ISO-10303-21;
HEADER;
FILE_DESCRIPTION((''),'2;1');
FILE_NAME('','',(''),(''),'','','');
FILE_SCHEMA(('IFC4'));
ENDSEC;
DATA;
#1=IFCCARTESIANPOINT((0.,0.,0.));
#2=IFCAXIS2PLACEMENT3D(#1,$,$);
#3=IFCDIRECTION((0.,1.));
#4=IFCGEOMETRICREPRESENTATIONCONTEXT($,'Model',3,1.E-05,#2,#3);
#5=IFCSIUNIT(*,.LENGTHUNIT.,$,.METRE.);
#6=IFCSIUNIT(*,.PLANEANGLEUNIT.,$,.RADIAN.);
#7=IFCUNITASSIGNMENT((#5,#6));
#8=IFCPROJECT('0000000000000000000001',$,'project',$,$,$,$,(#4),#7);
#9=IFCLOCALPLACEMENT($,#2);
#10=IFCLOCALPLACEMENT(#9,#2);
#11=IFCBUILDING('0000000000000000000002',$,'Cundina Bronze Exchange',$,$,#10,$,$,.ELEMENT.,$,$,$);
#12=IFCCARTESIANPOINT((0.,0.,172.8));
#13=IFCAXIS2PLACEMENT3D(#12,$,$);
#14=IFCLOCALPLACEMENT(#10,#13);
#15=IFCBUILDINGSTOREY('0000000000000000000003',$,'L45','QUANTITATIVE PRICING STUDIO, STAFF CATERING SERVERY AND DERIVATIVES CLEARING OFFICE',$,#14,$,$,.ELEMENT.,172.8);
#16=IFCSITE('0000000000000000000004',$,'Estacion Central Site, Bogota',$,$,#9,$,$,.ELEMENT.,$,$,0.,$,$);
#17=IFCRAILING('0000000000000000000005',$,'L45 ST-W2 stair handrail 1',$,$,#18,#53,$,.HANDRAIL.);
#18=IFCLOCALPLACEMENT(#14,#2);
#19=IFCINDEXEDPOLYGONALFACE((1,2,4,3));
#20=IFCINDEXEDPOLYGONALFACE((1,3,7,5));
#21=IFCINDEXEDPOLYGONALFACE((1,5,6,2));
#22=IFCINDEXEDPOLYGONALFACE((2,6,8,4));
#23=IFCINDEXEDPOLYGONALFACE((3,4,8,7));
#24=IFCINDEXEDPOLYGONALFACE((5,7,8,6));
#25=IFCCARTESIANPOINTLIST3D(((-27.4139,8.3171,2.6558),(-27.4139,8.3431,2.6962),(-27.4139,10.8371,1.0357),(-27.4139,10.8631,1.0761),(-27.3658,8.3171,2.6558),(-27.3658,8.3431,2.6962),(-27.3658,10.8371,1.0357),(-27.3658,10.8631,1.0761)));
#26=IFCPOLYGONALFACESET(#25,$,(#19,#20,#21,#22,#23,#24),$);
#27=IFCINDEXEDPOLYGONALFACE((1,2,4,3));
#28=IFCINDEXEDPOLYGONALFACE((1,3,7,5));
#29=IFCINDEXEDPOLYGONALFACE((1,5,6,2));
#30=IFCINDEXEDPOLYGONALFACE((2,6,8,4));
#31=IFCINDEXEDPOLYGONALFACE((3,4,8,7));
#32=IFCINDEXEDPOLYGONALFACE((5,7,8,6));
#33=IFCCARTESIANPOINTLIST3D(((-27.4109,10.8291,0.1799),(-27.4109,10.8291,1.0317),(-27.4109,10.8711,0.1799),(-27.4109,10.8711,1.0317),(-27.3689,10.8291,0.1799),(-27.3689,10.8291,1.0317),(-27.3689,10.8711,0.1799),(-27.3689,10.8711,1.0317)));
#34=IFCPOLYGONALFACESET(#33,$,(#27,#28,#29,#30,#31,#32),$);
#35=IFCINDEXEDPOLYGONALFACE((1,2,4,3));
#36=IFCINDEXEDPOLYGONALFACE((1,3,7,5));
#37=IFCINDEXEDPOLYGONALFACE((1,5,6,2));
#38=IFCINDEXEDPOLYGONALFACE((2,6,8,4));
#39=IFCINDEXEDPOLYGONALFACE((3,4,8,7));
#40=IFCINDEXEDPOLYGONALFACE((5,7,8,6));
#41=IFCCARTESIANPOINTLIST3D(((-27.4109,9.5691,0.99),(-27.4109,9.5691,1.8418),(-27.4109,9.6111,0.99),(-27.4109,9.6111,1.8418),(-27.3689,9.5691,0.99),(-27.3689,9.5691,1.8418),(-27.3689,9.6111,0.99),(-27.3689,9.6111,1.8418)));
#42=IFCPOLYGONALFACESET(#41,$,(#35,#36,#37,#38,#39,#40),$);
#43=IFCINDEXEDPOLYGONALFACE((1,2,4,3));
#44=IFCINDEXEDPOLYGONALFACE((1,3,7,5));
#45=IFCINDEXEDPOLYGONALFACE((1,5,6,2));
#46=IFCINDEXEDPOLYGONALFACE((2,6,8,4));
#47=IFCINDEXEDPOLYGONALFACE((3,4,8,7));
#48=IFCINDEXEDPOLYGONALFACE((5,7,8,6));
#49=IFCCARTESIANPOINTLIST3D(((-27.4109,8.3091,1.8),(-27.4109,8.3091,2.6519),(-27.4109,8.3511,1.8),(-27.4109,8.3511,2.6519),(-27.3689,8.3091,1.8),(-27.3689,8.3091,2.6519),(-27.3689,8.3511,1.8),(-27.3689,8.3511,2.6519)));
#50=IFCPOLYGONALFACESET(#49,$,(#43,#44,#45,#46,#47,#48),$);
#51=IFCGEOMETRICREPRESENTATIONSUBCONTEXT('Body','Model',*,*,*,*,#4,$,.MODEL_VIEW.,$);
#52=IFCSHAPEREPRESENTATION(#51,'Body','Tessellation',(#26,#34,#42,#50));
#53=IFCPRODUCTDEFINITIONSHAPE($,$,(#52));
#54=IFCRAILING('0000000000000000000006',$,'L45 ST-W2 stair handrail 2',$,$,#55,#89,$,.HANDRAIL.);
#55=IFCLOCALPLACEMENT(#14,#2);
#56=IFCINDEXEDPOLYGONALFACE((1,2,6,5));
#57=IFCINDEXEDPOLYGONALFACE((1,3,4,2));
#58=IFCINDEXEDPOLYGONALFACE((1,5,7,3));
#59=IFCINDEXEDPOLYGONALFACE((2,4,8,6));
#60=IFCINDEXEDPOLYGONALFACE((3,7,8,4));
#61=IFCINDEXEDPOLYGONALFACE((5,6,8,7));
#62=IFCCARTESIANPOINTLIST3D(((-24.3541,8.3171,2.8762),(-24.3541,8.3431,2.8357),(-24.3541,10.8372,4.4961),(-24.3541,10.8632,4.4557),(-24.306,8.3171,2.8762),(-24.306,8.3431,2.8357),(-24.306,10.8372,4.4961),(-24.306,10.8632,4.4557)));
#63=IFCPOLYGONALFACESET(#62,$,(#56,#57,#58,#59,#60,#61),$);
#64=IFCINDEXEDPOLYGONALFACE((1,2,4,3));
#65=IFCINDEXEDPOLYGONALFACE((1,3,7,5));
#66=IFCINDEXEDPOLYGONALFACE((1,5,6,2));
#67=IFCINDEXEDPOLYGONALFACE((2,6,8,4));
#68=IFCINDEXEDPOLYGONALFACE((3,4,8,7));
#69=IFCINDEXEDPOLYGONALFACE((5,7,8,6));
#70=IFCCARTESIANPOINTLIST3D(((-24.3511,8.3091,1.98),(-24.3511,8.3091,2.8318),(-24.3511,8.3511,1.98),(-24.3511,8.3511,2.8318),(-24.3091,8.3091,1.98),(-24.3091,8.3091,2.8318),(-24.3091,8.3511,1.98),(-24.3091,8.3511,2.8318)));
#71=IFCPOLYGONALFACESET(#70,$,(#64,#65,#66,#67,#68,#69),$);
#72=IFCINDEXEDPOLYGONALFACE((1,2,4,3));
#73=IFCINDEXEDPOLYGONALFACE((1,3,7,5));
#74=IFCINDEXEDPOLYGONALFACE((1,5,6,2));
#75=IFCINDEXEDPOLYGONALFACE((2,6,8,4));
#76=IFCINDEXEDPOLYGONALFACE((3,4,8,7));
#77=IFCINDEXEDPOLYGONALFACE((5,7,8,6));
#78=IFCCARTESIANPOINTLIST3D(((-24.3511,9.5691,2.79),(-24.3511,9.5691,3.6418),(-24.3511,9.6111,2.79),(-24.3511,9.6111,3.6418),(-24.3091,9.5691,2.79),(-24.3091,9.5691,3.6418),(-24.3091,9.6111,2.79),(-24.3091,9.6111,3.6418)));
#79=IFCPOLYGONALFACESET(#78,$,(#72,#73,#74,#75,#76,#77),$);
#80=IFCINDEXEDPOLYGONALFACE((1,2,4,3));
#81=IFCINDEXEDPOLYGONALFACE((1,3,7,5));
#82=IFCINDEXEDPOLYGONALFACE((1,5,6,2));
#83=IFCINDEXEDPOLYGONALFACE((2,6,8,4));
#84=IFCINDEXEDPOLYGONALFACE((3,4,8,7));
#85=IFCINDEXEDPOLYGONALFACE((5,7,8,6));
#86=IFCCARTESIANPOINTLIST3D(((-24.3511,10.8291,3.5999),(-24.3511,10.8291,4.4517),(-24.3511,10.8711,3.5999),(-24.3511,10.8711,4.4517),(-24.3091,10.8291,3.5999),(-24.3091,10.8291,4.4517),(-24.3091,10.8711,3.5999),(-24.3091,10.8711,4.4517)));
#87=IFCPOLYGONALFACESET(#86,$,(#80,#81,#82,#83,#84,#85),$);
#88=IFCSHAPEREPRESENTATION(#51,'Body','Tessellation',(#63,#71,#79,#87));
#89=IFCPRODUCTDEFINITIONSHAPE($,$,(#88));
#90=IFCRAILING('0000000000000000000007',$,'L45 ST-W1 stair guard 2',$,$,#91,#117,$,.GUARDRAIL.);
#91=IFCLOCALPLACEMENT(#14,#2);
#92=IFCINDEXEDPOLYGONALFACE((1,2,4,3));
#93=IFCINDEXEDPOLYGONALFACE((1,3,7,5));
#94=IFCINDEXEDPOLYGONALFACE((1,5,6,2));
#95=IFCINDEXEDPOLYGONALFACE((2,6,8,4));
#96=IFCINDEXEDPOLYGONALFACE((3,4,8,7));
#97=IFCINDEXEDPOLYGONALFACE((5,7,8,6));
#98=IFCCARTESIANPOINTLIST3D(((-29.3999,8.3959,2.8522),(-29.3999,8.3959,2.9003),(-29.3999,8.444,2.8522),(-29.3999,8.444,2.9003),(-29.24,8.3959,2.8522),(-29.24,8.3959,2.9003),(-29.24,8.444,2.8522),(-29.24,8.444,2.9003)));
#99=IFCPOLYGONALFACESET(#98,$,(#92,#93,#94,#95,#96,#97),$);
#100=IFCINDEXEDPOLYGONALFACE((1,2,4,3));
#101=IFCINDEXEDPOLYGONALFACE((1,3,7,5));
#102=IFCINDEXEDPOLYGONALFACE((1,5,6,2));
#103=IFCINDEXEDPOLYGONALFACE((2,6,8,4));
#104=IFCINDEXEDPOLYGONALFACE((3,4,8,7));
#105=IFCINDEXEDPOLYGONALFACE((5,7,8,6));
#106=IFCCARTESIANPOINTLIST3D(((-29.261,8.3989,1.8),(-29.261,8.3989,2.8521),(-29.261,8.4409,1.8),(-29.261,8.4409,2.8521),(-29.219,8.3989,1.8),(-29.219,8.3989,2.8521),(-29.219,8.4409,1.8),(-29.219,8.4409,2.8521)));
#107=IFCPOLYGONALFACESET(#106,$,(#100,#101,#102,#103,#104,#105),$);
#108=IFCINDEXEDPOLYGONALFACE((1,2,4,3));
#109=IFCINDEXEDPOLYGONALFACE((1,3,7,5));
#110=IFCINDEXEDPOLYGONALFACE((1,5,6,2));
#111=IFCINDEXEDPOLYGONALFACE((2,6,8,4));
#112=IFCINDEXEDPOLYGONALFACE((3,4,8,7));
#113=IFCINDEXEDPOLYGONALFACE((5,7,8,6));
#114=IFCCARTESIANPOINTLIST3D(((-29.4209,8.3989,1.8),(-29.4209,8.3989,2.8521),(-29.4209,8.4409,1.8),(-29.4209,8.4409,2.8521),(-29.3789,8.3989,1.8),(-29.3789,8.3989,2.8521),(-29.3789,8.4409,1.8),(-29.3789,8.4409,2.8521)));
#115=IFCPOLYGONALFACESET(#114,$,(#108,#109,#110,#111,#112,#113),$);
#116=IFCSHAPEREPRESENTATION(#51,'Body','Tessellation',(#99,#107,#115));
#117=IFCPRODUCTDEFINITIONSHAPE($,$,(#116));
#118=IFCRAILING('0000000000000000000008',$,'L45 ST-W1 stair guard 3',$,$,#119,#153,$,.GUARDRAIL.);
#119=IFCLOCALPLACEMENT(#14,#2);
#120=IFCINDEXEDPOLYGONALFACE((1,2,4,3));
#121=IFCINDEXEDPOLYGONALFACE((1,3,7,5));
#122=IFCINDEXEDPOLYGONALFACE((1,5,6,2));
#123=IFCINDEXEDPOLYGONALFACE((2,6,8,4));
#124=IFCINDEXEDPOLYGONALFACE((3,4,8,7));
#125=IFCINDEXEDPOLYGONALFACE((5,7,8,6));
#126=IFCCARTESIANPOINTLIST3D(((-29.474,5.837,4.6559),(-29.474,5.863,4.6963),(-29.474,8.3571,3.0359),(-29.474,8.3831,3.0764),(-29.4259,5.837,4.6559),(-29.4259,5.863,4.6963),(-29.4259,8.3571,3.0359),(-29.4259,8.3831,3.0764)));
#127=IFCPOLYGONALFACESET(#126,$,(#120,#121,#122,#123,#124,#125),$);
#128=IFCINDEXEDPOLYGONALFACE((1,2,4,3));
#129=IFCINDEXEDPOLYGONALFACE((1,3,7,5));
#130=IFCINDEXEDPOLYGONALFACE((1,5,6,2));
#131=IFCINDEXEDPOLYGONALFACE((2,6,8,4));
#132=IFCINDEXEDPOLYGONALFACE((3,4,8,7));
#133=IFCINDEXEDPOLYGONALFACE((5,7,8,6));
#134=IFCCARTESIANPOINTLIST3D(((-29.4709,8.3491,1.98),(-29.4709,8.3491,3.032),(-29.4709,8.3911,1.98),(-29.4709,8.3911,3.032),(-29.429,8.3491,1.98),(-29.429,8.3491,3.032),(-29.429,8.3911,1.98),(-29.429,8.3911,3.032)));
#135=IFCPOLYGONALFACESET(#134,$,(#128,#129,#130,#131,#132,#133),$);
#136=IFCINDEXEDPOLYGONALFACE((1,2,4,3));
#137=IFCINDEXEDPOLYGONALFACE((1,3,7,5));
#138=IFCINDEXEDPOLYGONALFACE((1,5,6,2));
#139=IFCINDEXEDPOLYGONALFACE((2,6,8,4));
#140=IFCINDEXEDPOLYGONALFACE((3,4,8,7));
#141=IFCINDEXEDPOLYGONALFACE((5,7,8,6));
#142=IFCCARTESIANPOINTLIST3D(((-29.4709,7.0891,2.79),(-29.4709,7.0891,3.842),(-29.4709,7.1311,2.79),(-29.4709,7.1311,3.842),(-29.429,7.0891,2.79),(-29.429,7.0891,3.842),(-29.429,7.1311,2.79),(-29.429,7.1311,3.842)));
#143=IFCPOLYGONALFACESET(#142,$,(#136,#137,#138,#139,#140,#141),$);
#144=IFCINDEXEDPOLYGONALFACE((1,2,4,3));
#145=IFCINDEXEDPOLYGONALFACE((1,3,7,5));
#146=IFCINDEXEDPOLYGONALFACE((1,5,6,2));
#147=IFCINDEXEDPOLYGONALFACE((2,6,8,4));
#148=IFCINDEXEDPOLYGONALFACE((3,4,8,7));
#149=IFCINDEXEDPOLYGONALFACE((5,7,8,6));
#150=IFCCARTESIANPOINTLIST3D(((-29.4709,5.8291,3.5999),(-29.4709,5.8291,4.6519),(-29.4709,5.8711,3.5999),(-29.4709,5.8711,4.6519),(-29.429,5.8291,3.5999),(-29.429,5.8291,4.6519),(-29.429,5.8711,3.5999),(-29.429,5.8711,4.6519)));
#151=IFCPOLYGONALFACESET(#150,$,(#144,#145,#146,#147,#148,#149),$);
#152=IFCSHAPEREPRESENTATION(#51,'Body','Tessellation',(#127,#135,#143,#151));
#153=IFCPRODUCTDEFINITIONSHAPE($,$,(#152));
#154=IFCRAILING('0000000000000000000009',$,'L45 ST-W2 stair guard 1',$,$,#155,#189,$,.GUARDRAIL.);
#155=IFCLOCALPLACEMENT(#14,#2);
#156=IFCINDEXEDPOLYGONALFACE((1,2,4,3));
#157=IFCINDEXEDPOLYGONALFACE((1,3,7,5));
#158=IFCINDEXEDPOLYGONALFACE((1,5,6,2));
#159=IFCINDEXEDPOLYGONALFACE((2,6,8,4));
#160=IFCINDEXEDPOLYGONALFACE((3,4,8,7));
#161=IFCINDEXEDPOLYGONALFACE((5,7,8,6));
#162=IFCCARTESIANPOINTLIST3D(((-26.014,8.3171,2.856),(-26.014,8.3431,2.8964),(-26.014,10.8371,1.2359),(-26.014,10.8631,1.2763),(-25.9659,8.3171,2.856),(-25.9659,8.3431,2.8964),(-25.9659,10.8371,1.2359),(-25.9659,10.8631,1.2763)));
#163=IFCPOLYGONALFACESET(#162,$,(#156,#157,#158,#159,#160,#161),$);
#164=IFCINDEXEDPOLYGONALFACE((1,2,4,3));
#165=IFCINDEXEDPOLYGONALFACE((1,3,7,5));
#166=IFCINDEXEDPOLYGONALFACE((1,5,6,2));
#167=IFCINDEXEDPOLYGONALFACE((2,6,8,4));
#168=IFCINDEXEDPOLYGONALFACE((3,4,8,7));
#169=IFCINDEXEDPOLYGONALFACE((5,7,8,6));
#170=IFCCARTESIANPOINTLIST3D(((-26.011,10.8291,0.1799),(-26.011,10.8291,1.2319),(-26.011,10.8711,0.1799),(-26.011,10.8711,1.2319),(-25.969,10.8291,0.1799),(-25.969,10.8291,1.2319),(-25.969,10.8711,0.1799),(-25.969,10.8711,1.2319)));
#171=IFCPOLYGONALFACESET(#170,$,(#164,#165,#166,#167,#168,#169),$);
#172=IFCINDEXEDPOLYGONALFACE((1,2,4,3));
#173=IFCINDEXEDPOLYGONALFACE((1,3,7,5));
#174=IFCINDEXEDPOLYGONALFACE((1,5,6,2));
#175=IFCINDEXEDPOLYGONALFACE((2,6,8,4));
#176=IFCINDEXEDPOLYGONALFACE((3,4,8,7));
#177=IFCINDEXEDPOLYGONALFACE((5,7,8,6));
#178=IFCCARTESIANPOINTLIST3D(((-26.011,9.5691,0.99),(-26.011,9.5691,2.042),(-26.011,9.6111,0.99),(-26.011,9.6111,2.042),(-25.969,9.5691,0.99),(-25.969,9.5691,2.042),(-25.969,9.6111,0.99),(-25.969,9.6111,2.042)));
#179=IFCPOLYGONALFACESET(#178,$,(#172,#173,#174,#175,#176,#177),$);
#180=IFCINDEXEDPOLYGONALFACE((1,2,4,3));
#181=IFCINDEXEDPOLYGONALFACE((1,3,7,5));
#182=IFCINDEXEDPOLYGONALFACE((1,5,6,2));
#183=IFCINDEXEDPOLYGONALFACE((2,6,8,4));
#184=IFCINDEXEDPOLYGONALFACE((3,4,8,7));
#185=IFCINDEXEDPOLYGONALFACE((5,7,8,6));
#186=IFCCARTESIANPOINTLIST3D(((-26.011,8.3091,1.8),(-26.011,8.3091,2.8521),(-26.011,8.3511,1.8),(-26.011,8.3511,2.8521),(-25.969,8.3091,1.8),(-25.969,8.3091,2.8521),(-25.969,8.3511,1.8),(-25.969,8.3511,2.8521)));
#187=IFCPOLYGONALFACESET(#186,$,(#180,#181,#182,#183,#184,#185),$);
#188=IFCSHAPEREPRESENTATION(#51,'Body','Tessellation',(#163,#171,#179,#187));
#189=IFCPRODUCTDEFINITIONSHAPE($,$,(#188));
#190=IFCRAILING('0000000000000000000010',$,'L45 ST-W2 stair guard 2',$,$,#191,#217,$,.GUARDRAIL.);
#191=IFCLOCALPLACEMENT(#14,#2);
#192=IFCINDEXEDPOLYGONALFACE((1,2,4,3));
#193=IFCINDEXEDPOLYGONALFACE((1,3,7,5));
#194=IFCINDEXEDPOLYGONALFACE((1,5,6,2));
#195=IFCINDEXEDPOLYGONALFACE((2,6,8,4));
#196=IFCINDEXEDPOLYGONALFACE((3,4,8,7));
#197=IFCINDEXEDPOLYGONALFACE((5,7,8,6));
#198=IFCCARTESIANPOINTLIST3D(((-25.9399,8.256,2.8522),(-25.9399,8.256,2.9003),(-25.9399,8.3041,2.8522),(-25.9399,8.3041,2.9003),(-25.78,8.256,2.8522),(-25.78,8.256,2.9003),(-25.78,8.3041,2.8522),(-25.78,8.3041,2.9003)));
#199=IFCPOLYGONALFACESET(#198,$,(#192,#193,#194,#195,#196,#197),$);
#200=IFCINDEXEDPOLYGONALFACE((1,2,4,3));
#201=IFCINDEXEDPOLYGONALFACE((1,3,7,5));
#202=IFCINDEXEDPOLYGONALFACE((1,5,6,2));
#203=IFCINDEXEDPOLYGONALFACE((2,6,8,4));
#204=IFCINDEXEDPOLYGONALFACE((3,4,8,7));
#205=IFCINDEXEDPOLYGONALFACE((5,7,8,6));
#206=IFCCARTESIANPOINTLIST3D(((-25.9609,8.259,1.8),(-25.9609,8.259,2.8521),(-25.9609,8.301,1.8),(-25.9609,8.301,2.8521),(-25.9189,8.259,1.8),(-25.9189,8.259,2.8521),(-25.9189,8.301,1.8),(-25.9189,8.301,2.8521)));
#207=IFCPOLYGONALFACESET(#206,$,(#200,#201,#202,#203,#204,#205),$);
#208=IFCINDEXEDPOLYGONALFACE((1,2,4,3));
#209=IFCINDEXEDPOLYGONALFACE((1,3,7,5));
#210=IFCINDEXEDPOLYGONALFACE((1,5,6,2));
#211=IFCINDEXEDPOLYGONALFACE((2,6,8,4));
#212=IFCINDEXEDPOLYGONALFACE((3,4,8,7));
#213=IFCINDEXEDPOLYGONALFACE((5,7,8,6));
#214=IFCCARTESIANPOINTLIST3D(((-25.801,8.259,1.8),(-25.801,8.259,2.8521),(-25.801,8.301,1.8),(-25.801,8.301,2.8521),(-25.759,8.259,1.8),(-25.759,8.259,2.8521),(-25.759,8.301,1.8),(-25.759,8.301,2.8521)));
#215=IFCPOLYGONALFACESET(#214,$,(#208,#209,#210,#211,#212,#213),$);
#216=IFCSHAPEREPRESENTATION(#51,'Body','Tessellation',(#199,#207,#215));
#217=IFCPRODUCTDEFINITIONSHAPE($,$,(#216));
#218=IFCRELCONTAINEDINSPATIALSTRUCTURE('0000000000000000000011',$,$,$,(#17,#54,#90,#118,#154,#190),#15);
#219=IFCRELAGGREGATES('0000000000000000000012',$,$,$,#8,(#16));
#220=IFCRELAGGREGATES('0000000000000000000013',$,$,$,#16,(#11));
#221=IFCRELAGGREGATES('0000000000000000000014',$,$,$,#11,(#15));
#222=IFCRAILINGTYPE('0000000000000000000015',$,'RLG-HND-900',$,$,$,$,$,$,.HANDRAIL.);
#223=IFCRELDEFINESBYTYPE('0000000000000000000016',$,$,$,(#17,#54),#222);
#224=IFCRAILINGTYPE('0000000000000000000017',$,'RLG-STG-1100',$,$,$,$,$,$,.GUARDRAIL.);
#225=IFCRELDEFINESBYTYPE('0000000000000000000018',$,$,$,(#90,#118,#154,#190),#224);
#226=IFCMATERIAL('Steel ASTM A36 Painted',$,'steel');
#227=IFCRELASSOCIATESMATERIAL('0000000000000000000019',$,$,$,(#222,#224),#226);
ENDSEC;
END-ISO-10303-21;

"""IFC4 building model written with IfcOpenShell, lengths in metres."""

from ifc_helpers import new_model, si_unit, direction, frame, origin, origin_2d, place, context, subcontext, project, spatial, rectangle, extrude, material, type_object, element, save


model = new_model("IFC4")

# Units and contexts
model_context = context("Model", 3, precision=1e-05, world=origin(), true_north=direction((0.0, 1.0)))
body_context = subcontext(model_context, "Body", "Model", "MODEL_VIEW")
ifc_project = project(units=[si_unit("LENGTHUNIT", "METRE"), si_unit("PLANEANGLEUNIT", "RADIAN")], contexts=[model_context])

# Site, building, storey
site_placement = place(None, origin())
site = spatial("IfcSite", under=ifc_project, at=site_placement, Name="Estacion Central Site, Bogota", CompositionType="ELEMENT", RefElevation=0.0)
building_placement = place(site_placement, origin())
building = spatial("IfcBuilding", under=site, at=building_placement, Name="Cundina Bronze Exchange", CompositionType="ELEMENT")
storey_placement = place(building_placement, frame((0.0, 0.0, 172.8)))
storey = spatial("IfcBuildingStorey", under=building, at=storey_placement, Name="L45", Description="QUANTITATIVE PRICING STUDIO, STAFF CATERING SERVERY AND DERIVATIVES CLEARING OFFICE", CompositionType="ELEMENT", Elevation=172.8)

# Shared definitions
ifc_material_1 = material(Name="Steel ASTM A36 Painted", Category="steel")

# Railings
railing_type_1 = type_object("IfcRailingType", Name="RLG-HND-900", PredefinedType="HANDRAIL", material=ifc_material_1)
railing_1_placement = place(storey_placement, frame((-27.3899, 10.8501, 0.1799)))
element("IfcRailing", 1, at=railing_1_placement, inside=storey, type_object=railing_type_1, Name="L45 ST-W2 stair handrail 1", PredefinedType="HANDRAIL", context=body_context, shape_type="SweptSolid", body=[
    extrude(rectangle(XDim=0.0481, YDim=0.0481, at=origin_2d()), frame((0.0, 0.0, 0.876), z_axis=(0.0, -0.841163, 0.540782), x_axis=(1.0, 0.0, 0.0)), (0.0, 0.0, 1.0), 2.9958),
    extrude(rectangle(XDim=0.042, YDim=0.042, at=origin_2d()), origin(), (0.0, 0.0, 1.0), 0.8518),
    extrude(rectangle(XDim=0.042, YDim=0.042, at=origin_2d()), frame((0.0, -1.26, 0.8101)), (0.0, 0.0, 1.0), 0.8518),
    extrude(rectangle(XDim=0.042, YDim=0.042, at=origin_2d()), frame((0.0, -2.52, 1.6201)), (0.0, 0.0, 1.0), 0.8518),
])
railing_2_placement = place(storey_placement, frame((-24.3301, 8.3301, 1.98)))
element("IfcRailing", 2, at=railing_2_placement, inside=storey, type_object=railing_type_1, Name="L45 ST-W2 stair handrail 2", PredefinedType="HANDRAIL", context=body_context, shape_type="SweptSolid", body=[
    extrude(rectangle(XDim=0.0481, YDim=0.0481, at=origin_2d()), frame((0.0, 0.0, 0.876), z_axis=(0.0, 0.8412, 0.540725), x_axis=(-1.0, 0.0, 0.0)), (0.0, 0.0, 1.0), 2.9958),
    extrude(rectangle(XDim=0.042, YDim=0.042, at=origin_2d()), origin(), (0.0, 0.0, 1.0), 0.8518),
    extrude(rectangle(XDim=0.042, YDim=0.042, at=origin_2d()), frame((0.0, 1.26, 0.8101)), (0.0, 0.0, 1.0), 0.8518),
    extrude(rectangle(XDim=0.042, YDim=0.042, at=origin_2d()), frame((0.0, 2.52, 1.6199)), (0.0, 0.0, 1.0), 0.8518),
])
railing_type_2 = type_object("IfcRailingType", Name="RLG-STG-1100", PredefinedType="GUARDRAIL", material=ifc_material_1)
railing_3_placement = place(storey_placement, frame((-29.24, 8.4199, 1.8)))
element("IfcRailing", 3, at=railing_3_placement, inside=storey, type_object=railing_type_2, Name="L45 ST-W1 stair guard 2", PredefinedType="GUARDRAIL", context=body_context, shape_type="SweptSolid", body=[
    extrude(rectangle(XDim=0.0481, YDim=0.0481, at=origin_2d()), frame((0.0, 0.0, 1.0762), z_axis=(-1.0, 0.0, 0.0), x_axis=(0.0, -1.0, 0.0)), (0.0, 0.0, 1.0), 0.1599),
    extrude(rectangle(XDim=0.042, YDim=0.042, at=origin_2d()), origin(), (0.0, 0.0, 1.0), 1.052),
    extrude(rectangle(XDim=0.042, YDim=0.042, at=origin_2d()), frame((-0.1599, 0.0, 0.0)), (0.0, 0.0, 1.0), 1.052),
])
railing_4_placement = place(storey_placement, frame((-29.45, 8.3701, 1.98)))
element("IfcRailing", 4, at=railing_4_placement, inside=storey, type_object=railing_type_2, Name="L45 ST-W1 stair guard 3", PredefinedType="GUARDRAIL", context=body_context, shape_type="SweptSolid", body=[
    extrude(rectangle(XDim=0.0481, YDim=0.0481, at=origin_2d()), frame((0.0, 0.0, 1.0762), z_axis=(0.0, -0.8412, 0.540725), x_axis=(1.0, 0.0, 0.0)), (0.0, 0.0, 1.0), 2.9958),
    extrude(rectangle(XDim=0.042, YDim=0.042, at=origin_2d()), origin(), (0.0, 0.0, 1.0), 1.052),
    extrude(rectangle(XDim=0.042, YDim=0.042, at=origin_2d()), frame((0.0, -1.26, 0.8101)), (0.0, 0.0, 1.0), 1.052),
    extrude(rectangle(XDim=0.042, YDim=0.042, at=origin_2d()), frame((0.0, -2.52, 1.6199)), (0.0, 0.0, 1.0), 1.052),
])
railing_5_placement = place(storey_placement, frame((-25.99, 10.8501, 0.1799)))
element("IfcRailing", 5, at=railing_5_placement, inside=storey, type_object=railing_type_2, Name="L45 ST-W2 stair guard 1", PredefinedType="GUARDRAIL", context=body_context, shape_type="SweptSolid", body=[
    extrude(rectangle(XDim=0.0481, YDim=0.0481, at=origin_2d()), frame((0.0, 0.0, 1.0762), z_axis=(0.0, -0.841163, 0.540782), x_axis=(1.0, 0.0, 0.0)), (0.0, 0.0, 1.0), 2.9958),
    extrude(rectangle(XDim=0.042, YDim=0.042, at=origin_2d()), origin(), (0.0, 0.0, 1.0), 1.052),
    extrude(rectangle(XDim=0.042, YDim=0.042, at=origin_2d()), frame((0.0, -1.26, 0.8101)), (0.0, 0.0, 1.0), 1.052),
    extrude(rectangle(XDim=0.042, YDim=0.042, at=origin_2d()), frame((0.0, -2.52, 1.6201)), (0.0, 0.0, 1.0), 1.052),
])
railing_6_placement = place(storey_placement, frame((-25.9399, 8.28, 1.8)))
element("IfcRailing", 6, at=railing_6_placement, inside=storey, type_object=railing_type_2, Name="L45 ST-W2 stair guard 2", PredefinedType="GUARDRAIL", context=body_context, shape_type="SweptSolid", body=[
    extrude(rectangle(XDim=0.0481, YDim=0.0481, at=origin_2d()), frame((0.0, 0.0, 1.0762), z_axis=(1.0, 0.0, 0.0), x_axis=(0.0, 1.0, 0.0)), (0.0, 0.0, 1.0), 0.1599),
    extrude(rectangle(XDim=0.042, YDim=0.042, at=origin_2d()), origin(), (0.0, 0.0, 1.0), 1.052),
    extrude(rectangle(XDim=0.042, YDim=0.042, at=origin_2d()), frame((0.1599, 0.0, 0.0)), (0.0, 0.0, 1.0), 1.052),
])

save(model, "model.ifc")
